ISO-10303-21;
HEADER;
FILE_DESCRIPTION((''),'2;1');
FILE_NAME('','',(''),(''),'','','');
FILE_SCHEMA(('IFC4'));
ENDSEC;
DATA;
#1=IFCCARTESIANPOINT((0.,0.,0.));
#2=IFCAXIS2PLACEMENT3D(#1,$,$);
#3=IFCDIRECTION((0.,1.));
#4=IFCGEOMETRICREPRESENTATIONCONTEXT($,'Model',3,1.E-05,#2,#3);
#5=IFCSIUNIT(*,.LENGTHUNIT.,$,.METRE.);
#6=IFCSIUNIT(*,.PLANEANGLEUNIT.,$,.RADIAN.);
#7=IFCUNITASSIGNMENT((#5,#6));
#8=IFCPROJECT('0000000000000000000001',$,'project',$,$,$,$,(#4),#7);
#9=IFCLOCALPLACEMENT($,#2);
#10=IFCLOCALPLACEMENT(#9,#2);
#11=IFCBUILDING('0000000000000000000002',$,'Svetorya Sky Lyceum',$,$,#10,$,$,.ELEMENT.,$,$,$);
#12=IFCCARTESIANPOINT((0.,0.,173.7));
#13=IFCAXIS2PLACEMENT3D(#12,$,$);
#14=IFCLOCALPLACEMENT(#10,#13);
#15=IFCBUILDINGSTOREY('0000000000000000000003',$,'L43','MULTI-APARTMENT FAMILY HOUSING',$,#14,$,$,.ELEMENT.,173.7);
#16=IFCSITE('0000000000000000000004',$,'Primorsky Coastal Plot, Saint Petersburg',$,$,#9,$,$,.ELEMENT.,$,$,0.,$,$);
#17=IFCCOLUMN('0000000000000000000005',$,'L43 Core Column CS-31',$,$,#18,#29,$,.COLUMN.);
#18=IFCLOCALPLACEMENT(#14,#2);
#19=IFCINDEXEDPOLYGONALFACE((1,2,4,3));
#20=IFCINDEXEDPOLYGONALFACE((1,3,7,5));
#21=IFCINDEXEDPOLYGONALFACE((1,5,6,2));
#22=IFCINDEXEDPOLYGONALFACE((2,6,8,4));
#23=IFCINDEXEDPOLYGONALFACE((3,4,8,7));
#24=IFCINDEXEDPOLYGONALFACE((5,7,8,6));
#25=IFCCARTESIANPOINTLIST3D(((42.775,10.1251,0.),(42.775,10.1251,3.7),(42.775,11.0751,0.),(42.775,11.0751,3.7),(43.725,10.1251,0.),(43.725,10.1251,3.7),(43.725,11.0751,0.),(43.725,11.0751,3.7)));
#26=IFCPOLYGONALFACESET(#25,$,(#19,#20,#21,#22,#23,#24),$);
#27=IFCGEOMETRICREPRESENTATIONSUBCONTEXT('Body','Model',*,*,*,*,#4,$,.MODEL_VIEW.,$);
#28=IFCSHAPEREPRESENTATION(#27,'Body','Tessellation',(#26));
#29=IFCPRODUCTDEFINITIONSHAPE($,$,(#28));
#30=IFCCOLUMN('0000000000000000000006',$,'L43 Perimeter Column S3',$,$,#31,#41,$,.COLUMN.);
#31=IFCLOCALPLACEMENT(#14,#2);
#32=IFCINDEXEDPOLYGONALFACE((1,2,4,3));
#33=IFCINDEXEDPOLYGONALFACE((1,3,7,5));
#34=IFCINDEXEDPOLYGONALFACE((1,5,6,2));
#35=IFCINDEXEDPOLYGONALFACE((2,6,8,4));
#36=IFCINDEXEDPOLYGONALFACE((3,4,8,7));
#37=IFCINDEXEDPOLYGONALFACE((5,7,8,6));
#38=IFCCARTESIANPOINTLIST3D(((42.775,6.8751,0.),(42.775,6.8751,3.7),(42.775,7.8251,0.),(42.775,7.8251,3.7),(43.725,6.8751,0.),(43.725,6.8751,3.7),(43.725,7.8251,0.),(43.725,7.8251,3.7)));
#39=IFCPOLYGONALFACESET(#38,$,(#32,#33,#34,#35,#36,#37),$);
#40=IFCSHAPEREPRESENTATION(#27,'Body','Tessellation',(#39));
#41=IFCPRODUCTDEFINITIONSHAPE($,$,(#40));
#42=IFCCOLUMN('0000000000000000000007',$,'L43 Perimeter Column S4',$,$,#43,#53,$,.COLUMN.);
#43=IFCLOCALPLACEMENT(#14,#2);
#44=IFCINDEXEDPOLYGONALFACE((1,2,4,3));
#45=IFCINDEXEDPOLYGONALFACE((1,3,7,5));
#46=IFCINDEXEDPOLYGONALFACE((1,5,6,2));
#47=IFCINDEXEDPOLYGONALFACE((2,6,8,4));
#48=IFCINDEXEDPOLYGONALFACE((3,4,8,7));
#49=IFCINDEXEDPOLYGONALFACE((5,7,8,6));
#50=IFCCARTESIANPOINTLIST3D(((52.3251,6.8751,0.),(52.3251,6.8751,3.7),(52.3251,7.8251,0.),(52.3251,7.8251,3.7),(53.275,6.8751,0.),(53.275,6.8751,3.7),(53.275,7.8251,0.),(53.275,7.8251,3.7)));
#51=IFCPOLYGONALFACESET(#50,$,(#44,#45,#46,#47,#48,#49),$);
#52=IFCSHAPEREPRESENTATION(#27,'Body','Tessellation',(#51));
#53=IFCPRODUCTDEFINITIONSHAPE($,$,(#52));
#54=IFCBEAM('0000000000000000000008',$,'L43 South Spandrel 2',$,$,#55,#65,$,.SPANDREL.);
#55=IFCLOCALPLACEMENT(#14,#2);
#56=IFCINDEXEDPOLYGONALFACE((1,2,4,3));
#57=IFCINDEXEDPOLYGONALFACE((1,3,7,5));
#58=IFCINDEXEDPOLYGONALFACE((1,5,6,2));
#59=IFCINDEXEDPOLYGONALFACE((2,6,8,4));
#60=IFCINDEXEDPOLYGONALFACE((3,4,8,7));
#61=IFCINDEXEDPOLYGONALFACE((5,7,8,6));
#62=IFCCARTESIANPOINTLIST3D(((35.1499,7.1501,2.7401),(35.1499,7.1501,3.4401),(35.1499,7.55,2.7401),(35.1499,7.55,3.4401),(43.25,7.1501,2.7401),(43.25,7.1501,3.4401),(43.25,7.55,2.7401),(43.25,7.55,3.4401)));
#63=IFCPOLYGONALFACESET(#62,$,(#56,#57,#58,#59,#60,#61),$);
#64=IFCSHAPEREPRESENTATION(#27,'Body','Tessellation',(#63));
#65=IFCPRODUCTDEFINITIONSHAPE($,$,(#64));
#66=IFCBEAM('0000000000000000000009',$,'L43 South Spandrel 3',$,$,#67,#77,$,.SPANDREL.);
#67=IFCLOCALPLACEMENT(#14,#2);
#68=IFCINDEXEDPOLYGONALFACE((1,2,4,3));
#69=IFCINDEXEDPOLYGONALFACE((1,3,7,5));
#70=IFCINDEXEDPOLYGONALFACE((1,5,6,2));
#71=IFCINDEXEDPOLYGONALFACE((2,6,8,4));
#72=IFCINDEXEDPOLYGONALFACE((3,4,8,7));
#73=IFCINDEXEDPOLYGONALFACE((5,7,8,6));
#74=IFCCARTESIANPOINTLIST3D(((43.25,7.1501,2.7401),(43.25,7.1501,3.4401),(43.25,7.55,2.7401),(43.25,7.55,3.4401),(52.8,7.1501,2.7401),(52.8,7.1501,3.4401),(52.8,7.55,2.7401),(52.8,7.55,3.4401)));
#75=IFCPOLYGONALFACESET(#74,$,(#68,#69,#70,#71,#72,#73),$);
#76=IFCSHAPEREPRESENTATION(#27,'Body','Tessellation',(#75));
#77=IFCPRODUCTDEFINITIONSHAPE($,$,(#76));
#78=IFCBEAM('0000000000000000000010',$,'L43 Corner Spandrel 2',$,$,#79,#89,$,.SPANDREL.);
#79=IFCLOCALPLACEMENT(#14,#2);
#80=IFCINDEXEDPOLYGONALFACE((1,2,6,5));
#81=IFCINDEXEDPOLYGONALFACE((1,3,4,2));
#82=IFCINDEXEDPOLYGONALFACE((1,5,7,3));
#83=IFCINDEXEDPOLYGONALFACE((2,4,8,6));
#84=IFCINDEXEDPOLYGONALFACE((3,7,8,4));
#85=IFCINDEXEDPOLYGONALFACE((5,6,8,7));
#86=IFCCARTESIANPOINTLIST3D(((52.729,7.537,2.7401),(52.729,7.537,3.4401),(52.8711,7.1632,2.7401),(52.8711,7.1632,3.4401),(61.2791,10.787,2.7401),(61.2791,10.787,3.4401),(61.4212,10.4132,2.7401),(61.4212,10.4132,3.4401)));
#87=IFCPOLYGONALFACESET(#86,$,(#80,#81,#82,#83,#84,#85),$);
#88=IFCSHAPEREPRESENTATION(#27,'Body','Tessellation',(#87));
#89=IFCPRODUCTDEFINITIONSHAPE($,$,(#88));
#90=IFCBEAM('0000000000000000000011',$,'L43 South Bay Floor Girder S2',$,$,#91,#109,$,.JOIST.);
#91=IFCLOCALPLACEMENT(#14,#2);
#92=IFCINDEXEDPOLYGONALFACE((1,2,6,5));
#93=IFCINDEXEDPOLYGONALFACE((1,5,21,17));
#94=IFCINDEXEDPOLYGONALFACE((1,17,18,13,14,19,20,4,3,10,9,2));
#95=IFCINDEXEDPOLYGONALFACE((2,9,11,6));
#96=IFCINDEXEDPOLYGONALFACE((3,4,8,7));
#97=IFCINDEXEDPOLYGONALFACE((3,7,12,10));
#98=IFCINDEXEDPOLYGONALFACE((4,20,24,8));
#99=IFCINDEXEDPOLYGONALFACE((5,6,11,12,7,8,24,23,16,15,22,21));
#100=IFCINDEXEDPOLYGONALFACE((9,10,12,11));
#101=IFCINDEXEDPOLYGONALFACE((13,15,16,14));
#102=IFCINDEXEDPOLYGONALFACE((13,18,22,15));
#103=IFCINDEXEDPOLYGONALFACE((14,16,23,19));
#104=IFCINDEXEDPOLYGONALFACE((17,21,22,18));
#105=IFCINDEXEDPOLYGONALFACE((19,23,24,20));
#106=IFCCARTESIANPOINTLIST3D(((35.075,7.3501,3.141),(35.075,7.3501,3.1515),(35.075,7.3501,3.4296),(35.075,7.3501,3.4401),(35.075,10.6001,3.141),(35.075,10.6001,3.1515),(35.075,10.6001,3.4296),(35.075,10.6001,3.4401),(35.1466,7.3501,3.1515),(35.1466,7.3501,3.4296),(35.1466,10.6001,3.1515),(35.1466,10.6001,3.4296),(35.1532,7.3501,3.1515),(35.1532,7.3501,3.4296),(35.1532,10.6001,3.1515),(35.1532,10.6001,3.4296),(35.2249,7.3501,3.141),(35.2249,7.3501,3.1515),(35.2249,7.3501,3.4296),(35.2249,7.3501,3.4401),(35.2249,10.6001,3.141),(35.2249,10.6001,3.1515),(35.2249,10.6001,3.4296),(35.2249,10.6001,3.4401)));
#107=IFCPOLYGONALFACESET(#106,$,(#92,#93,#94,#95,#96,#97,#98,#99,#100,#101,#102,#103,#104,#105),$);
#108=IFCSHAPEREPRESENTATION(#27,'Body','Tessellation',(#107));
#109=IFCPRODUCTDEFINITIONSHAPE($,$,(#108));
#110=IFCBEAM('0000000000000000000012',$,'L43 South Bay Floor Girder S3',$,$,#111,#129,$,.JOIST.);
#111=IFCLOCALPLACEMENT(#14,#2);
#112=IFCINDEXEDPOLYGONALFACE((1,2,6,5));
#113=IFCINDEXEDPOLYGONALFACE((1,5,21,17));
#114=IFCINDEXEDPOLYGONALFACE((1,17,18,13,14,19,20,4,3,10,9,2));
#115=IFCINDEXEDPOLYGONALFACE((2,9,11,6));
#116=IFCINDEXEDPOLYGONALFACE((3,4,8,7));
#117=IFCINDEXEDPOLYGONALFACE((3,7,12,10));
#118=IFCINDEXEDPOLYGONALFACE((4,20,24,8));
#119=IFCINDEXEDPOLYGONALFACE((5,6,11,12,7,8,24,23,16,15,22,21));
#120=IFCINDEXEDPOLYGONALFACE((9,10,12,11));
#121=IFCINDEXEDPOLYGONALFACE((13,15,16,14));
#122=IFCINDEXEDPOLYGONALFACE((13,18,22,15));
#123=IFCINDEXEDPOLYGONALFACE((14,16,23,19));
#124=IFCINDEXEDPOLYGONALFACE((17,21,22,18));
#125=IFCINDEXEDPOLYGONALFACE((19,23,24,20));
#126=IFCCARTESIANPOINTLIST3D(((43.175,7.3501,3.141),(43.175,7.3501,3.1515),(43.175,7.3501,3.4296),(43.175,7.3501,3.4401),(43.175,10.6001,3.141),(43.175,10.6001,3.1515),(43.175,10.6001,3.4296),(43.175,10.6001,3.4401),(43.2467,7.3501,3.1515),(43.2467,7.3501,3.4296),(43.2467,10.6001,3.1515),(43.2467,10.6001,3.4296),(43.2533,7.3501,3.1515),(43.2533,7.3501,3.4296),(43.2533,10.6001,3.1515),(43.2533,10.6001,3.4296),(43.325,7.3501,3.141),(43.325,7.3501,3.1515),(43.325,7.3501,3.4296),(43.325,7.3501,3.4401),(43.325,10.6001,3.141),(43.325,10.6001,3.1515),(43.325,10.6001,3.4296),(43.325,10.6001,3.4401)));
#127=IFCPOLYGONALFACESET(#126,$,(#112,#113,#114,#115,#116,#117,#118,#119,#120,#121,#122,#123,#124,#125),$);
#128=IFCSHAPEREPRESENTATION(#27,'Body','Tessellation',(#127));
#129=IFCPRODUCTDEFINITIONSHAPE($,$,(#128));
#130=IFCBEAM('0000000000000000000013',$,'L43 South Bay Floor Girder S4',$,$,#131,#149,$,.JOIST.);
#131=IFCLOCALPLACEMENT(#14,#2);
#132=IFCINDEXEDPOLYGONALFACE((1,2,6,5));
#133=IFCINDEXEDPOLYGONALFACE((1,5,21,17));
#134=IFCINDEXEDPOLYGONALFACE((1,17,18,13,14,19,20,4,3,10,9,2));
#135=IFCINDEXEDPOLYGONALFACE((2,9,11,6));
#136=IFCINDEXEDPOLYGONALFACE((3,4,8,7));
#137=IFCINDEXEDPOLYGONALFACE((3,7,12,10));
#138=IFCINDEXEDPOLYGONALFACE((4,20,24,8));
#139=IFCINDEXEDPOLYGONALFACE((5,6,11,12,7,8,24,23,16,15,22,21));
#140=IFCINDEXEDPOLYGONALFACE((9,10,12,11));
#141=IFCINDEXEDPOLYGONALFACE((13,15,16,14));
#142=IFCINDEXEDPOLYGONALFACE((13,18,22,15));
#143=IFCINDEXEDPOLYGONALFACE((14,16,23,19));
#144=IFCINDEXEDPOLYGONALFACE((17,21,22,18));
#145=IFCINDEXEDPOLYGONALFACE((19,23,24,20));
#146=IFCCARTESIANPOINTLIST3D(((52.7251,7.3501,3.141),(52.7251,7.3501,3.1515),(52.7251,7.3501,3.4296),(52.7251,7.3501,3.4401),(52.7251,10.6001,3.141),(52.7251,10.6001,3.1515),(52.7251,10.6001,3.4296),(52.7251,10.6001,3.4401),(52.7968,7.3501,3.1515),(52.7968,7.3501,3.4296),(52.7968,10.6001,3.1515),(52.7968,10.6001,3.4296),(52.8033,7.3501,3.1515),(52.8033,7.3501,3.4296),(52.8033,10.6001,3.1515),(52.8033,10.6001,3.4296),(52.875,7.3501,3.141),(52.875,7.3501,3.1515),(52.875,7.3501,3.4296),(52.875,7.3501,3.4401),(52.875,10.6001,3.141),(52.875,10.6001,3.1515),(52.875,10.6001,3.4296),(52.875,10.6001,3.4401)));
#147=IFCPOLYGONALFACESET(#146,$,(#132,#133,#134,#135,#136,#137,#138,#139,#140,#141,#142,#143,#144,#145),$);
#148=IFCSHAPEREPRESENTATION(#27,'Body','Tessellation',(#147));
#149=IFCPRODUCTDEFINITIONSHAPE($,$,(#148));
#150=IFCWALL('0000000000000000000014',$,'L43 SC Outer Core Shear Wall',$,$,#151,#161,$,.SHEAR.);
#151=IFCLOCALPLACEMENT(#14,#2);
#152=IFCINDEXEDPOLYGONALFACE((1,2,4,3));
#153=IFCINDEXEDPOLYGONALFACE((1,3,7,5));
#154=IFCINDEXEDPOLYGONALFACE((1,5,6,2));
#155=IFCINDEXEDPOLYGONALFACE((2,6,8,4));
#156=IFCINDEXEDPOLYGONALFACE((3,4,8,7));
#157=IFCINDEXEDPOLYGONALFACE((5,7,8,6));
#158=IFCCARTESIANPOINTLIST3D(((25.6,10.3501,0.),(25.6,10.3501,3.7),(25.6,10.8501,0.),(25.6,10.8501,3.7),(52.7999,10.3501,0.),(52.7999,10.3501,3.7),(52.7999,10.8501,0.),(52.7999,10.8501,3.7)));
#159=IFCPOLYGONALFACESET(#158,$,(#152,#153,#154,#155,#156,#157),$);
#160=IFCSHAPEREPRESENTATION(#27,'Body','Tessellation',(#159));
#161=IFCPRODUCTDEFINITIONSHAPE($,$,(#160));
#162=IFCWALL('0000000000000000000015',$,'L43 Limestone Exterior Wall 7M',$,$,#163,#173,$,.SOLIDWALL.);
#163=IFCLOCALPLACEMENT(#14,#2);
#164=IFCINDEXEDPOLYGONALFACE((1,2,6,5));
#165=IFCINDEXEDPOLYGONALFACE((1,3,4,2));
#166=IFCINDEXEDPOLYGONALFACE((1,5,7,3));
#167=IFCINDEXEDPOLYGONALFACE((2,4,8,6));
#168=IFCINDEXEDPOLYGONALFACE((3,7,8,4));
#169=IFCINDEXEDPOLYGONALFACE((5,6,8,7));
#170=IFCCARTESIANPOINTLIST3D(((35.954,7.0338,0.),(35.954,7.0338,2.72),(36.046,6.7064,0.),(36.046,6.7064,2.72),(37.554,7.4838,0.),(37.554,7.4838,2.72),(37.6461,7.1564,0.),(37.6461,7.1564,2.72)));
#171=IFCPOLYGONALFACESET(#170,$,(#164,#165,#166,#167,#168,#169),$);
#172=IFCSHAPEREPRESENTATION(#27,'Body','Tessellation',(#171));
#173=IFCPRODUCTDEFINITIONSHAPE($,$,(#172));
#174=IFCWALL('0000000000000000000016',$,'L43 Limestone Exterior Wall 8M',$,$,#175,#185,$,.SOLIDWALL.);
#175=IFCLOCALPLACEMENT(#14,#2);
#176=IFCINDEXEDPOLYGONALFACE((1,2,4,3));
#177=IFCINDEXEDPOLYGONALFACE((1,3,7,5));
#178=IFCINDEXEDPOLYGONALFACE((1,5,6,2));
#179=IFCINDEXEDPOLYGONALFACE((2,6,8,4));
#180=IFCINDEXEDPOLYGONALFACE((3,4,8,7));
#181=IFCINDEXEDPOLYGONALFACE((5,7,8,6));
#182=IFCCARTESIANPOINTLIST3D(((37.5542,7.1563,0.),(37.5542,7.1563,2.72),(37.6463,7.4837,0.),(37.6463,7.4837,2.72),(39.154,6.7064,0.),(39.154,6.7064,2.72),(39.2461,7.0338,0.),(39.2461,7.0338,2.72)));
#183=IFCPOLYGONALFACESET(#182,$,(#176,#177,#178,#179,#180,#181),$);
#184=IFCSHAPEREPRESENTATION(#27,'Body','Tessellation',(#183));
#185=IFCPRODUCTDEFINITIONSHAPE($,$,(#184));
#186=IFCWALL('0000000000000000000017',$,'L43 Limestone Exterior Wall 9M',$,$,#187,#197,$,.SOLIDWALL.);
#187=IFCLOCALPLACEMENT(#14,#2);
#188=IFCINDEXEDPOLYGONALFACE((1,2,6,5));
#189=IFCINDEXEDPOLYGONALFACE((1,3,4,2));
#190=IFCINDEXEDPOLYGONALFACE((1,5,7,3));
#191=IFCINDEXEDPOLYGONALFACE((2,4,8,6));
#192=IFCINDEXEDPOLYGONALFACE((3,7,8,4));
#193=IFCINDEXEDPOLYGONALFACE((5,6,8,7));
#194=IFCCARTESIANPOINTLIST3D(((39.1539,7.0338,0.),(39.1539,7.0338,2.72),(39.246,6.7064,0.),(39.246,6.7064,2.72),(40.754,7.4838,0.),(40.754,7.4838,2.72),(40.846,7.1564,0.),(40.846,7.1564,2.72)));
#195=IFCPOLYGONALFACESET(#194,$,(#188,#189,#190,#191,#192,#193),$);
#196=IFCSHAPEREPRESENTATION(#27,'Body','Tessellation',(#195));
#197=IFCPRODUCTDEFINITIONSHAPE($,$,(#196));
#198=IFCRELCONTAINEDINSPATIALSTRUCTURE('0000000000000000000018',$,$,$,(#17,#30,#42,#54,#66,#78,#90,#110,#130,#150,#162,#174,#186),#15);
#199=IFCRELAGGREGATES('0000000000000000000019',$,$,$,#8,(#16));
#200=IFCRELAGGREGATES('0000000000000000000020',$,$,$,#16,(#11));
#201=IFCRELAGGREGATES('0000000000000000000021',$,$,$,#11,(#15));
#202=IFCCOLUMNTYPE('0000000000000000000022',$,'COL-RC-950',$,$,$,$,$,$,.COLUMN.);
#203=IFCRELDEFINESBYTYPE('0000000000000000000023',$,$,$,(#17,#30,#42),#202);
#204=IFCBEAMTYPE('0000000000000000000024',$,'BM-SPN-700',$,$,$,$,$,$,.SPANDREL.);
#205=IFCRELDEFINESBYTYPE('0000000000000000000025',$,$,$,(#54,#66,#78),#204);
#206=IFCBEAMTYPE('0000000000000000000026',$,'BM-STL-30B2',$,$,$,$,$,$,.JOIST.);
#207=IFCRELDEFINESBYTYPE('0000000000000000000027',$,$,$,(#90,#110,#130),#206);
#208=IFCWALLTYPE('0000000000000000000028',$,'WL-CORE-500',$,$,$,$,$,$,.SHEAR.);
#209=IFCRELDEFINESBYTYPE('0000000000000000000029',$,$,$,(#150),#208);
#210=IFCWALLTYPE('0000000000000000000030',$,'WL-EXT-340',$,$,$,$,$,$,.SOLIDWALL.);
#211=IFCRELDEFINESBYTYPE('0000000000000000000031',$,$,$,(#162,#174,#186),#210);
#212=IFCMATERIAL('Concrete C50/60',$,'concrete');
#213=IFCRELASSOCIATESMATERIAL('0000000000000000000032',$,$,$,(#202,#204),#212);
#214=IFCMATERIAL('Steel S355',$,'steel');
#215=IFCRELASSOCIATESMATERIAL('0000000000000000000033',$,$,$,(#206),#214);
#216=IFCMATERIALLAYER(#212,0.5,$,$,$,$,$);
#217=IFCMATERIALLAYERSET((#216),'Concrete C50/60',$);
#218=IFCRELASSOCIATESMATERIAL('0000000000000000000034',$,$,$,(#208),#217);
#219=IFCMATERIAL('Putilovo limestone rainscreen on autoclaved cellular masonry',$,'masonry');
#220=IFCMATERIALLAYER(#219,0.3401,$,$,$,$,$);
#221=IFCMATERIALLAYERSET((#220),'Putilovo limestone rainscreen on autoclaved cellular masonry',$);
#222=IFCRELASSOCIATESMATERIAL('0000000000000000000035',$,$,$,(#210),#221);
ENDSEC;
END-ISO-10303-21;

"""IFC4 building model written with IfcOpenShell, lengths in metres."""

from ifc_helpers import new_model, si_unit, direction, frame, frame_2d, origin, origin_2d, place, context, subcontext, project, spatial, rectangle, i_section, extrude, material, layer, layer_set, material_profile, profile_set, type_object, element, save


model = new_model("IFC4")

# Units and contexts
model_context = context("Model", 3, precision=1e-05, world=origin(), true_north=direction((0.0, 1.0)))
body_context = subcontext(model_context, "Body", "Model", "MODEL_VIEW")
ifc_project = project(units=[si_unit("LENGTHUNIT", "METRE"), si_unit("PLANEANGLEUNIT", "RADIAN")], contexts=[model_context])

# Site, building, storey
site_placement = place(None, origin())
site = spatial("IfcSite", under=ifc_project, at=site_placement, Name="Primorsky Coastal Plot, Saint Petersburg", CompositionType="ELEMENT", RefElevation=0.0)
building_placement = place(site_placement, origin())
building = spatial("IfcBuilding", under=site, at=building_placement, Name="Svetorya Sky Lyceum", CompositionType="ELEMENT")
storey_placement = place(building_placement, frame((0.0, 0.0, 173.7)))
storey = spatial("IfcBuildingStorey", under=building, at=storey_placement, Name="L43", Description="MULTI-APARTMENT FAMILY HOUSING", CompositionType="ELEMENT", Elevation=173.7)

# Columns
ifc_material_1 = material(Name="Concrete C50/60", Category="concrete")
ifc_material_profile_1 = material_profile(ifc_material_1, rectangle(XDim=0.95, YDim=0.95, at=origin_2d()), Name="RC COL 950x950")
ifc_profile_set_1 = profile_set([ifc_material_profile_1], Name="Concrete C50/60")
column_type = type_object("IfcColumnType", Name="COL-RC-950", PredefinedType="COLUMN", material=ifc_profile_set_1)
for number, where, z_axis, x_axis, name in (
    (1, (43.25, 10.6001, 0.0), (0.0, 0.0, 1.0), (1.0, 0.0, 0.0), "L43 Core Column CS-31"),
    (2, (43.25, 7.3501, 0.0), (0.0, 0.0, 1.0), (1.0, 0.0, 0.0), "L43 Perimeter Column S3"),
    (3, (52.8, 7.3501, 0.0), (0.0, 0.0, 1.0), (1.0, 0.0, 0.0), "L43 Perimeter Column S4"),
):
    element("IfcColumn", number, at=place(storey_placement, frame(where, z_axis=z_axis, x_axis=x_axis)), inside=storey, type_object=column_type, Name=name, PredefinedType="COLUMN", context=body_context, shape_type="SweptSolid", body=[
        extrude(rectangle(XDim=0.95, YDim=0.95, at=origin_2d()), origin(), (0.0, 0.0, 1.0), 3.7),
    ])

# Beams
ifc_material_profile_2 = material_profile(ifc_material_1, rectangle(XDim=0.3999, YDim=0.7, at=origin_2d()), Name="RC SPANDREL 400x700")
ifc_profile_set_2 = profile_set([ifc_material_profile_2], Name="Concrete C50/60")
beam_type_1 = type_object("IfcBeamType", Name="BM-SPN-700", PredefinedType="SPANDREL", material=ifc_profile_set_2)
beam_1_placement = place(storey_placement, frame((35.1499, 7.3501, 3.0901), z_axis=(1.0, 0.0, 0.0), x_axis=(0.0, 1.0, 0.0)))
element("IfcBeam", 4, at=beam_1_placement, inside=storey, type_object=beam_type_1, Name="L43 South Spandrel 2", PredefinedType="SPANDREL", context=body_context, shape_type="SweptSolid", body=[
    extrude(rectangle(XDim=0.3999, YDim=0.7, at=origin_2d()), origin(), (0.0, 0.0, 1.0), 8.1001),
])
beam_2_placement = place(storey_placement, frame((43.25, 7.3501, 3.0901), z_axis=(1.0, 0.0, 0.0), x_axis=(0.0, 1.0, 0.0)))
element("IfcBeam", 5, at=beam_2_placement, inside=storey, type_object=beam_type_1, Name="L43 South Spandrel 3", PredefinedType="SPANDREL", context=body_context, shape_type="SweptSolid", body=[
    extrude(rectangle(XDim=0.3999, YDim=0.7, at=origin_2d()), origin(), (0.0, 0.0, 1.0), 9.55),
])
beam_3_placement = place(storey_placement, frame((52.8, 7.3501, 3.0901), z_axis=(0.934748, 0.355312, 0.0), x_axis=(-0.355312, 0.934748, 0.0)))
element("IfcBeam", 6, at=beam_3_placement, inside=storey, type_object=beam_type_1, Name="L43 Corner Spandrel 2", PredefinedType="SPANDREL", context=body_context, shape_type="SweptSolid", body=[
    extrude(rectangle(XDim=0.3999, YDim=0.7, at=origin_2d()), origin(), (0.0, 0.0, 1.0), 9.147),
])
ifc_material_2 = material(Name="Steel S355", Category="steel")
ifc_material_profile_3 = material_profile(ifc_material_2, i_section(OverallWidth=0.1499, OverallDepth=0.2991, WebThickness=0.0066, FlangeThickness=0.0105, at=origin_2d()), Name="GOST 30B2")
ifc_profile_set_3 = profile_set([ifc_material_profile_3], Name="Steel S355")
beam_type_2 = type_object("IfcBeamType", Name="BM-STL-30B2", PredefinedType="JOIST", material=ifc_profile_set_3)
for number, where, z_axis, x_axis, name in (
    (7, (35.1499, 7.3501, 3.2905), (0.0, 1.0, 0.0), (-1.0, 0.0, 0.0), "L43 South Bay Floor Girder S2"),
    (8, (43.25, 7.3501, 3.2905), (0.0, 1.0, 0.0), (-1.0, 0.0, 0.0), "L43 South Bay Floor Girder S3"),
    (9, (52.8, 7.3501, 3.2905), (0.0, 1.0, 0.0), (-1.0, 0.0, 0.0), "L43 South Bay Floor Girder S4"),
):
    element("IfcBeam", number, at=place(storey_placement, frame(where, z_axis=z_axis, x_axis=x_axis)), inside=storey, type_object=beam_type_2, Name=name, PredefinedType="JOIST", context=body_context, shape_type="SweptSolid", body=[
        extrude(i_section(OverallWidth=0.1499, OverallDepth=0.2991, WebThickness=0.0066, FlangeThickness=0.0105, at=origin_2d()), origin(), (0.0, 0.0, 1.0), 3.25),
    ])

# Walls
ifc_layer_1 = layer(ifc_material_1, 0.5)
ifc_layer_set_1 = layer_set([ifc_layer_1], Name="Concrete C50/60")
wall_type_1 = type_object("IfcWallType", Name="WL-CORE-500", PredefinedType="SHEAR", material=ifc_layer_set_1)
wall_1_placement = place(storey_placement, frame((52.8, 10.6001, 0.0), z_axis=(0.0, 0.0, 1.0), x_axis=(-1.0, 0.0, 0.0)))
element("IfcWall", 10, at=wall_1_placement, inside=storey, type_object=wall_type_1, Name="L43 SC Outer Core Shear Wall", PredefinedType="SHEAR", context=body_context, shape_type="SweptSolid", body=[
    extrude(rectangle(XDim=27.2, YDim=0.5, at=frame_2d((13.6001, 0.0))), origin(), (0.0, 0.0, 1.0), 3.7),
])
ifc_material_3 = material(Name="Putilovo limestone rainscreen on autoclaved cellular masonry", Category="masonry")
ifc_layer_2 = layer(ifc_material_3, 0.3401)
ifc_layer_set_2 = layer_set([ifc_layer_2], Name="Putilovo limestone rainscreen on autoclaved cellular masonry")
wall_type_2 = type_object("IfcWallType", Name="WL-EXT-340", PredefinedType="SOLIDWALL", material=ifc_layer_set_2)
wall_2_placement = place(storey_placement, frame((36.0, 6.8701, 0.0), z_axis=(0.0, 0.0, 1.0), x_axis=(0.962663, 0.270703, 0.0)))
element("IfcWall", 11, at=wall_2_placement, inside=storey, type_object=wall_type_2, Name="L43 Limestone Exterior Wall 7M", PredefinedType="SOLIDWALL", context=body_context, shape_type="SweptSolid", body=[
    extrude(rectangle(XDim=1.6621, YDim=0.3401, at=frame_2d((0.8311, 0.0))), origin(), (0.0, 0.0, 1.0), 2.72),
])
wall_3_placement = place(storey_placement, frame((37.6001, 7.3201, 0.0), z_axis=(0.0, 0.0, 1.0), x_axis=(0.962652, -0.270741, 0.0)))
element("IfcWall", 12, at=wall_3_placement, inside=storey, type_object=wall_type_2, Name="L43 Limestone Exterior Wall 8M", PredefinedType="SOLIDWALL", context=body_context, shape_type="SweptSolid", body=[
    extrude(rectangle(XDim=1.6619, YDim=0.3401, at=frame_2d((0.8311, 0.0))), origin(), (0.0, 0.0, 1.0), 2.72),
])
wall_4_placement = place(storey_placement, frame((39.2, 6.8701, 0.0), z_axis=(0.0, 0.0, 1.0), x_axis=(0.962663, 0.270703, 0.0)))
element("IfcWall", 13, at=wall_4_placement, inside=storey, type_object=wall_type_2, Name="L43 Limestone Exterior Wall 9M", PredefinedType="SOLIDWALL", context=body_context, shape_type="SweptSolid", body=[
    extrude(rectangle(XDim=1.6621, YDim=0.3401, at=frame_2d((0.8311, 0.0))), origin(), (0.0, 0.0, 1.0), 2.72),
])

save(model, "model.ifc")
